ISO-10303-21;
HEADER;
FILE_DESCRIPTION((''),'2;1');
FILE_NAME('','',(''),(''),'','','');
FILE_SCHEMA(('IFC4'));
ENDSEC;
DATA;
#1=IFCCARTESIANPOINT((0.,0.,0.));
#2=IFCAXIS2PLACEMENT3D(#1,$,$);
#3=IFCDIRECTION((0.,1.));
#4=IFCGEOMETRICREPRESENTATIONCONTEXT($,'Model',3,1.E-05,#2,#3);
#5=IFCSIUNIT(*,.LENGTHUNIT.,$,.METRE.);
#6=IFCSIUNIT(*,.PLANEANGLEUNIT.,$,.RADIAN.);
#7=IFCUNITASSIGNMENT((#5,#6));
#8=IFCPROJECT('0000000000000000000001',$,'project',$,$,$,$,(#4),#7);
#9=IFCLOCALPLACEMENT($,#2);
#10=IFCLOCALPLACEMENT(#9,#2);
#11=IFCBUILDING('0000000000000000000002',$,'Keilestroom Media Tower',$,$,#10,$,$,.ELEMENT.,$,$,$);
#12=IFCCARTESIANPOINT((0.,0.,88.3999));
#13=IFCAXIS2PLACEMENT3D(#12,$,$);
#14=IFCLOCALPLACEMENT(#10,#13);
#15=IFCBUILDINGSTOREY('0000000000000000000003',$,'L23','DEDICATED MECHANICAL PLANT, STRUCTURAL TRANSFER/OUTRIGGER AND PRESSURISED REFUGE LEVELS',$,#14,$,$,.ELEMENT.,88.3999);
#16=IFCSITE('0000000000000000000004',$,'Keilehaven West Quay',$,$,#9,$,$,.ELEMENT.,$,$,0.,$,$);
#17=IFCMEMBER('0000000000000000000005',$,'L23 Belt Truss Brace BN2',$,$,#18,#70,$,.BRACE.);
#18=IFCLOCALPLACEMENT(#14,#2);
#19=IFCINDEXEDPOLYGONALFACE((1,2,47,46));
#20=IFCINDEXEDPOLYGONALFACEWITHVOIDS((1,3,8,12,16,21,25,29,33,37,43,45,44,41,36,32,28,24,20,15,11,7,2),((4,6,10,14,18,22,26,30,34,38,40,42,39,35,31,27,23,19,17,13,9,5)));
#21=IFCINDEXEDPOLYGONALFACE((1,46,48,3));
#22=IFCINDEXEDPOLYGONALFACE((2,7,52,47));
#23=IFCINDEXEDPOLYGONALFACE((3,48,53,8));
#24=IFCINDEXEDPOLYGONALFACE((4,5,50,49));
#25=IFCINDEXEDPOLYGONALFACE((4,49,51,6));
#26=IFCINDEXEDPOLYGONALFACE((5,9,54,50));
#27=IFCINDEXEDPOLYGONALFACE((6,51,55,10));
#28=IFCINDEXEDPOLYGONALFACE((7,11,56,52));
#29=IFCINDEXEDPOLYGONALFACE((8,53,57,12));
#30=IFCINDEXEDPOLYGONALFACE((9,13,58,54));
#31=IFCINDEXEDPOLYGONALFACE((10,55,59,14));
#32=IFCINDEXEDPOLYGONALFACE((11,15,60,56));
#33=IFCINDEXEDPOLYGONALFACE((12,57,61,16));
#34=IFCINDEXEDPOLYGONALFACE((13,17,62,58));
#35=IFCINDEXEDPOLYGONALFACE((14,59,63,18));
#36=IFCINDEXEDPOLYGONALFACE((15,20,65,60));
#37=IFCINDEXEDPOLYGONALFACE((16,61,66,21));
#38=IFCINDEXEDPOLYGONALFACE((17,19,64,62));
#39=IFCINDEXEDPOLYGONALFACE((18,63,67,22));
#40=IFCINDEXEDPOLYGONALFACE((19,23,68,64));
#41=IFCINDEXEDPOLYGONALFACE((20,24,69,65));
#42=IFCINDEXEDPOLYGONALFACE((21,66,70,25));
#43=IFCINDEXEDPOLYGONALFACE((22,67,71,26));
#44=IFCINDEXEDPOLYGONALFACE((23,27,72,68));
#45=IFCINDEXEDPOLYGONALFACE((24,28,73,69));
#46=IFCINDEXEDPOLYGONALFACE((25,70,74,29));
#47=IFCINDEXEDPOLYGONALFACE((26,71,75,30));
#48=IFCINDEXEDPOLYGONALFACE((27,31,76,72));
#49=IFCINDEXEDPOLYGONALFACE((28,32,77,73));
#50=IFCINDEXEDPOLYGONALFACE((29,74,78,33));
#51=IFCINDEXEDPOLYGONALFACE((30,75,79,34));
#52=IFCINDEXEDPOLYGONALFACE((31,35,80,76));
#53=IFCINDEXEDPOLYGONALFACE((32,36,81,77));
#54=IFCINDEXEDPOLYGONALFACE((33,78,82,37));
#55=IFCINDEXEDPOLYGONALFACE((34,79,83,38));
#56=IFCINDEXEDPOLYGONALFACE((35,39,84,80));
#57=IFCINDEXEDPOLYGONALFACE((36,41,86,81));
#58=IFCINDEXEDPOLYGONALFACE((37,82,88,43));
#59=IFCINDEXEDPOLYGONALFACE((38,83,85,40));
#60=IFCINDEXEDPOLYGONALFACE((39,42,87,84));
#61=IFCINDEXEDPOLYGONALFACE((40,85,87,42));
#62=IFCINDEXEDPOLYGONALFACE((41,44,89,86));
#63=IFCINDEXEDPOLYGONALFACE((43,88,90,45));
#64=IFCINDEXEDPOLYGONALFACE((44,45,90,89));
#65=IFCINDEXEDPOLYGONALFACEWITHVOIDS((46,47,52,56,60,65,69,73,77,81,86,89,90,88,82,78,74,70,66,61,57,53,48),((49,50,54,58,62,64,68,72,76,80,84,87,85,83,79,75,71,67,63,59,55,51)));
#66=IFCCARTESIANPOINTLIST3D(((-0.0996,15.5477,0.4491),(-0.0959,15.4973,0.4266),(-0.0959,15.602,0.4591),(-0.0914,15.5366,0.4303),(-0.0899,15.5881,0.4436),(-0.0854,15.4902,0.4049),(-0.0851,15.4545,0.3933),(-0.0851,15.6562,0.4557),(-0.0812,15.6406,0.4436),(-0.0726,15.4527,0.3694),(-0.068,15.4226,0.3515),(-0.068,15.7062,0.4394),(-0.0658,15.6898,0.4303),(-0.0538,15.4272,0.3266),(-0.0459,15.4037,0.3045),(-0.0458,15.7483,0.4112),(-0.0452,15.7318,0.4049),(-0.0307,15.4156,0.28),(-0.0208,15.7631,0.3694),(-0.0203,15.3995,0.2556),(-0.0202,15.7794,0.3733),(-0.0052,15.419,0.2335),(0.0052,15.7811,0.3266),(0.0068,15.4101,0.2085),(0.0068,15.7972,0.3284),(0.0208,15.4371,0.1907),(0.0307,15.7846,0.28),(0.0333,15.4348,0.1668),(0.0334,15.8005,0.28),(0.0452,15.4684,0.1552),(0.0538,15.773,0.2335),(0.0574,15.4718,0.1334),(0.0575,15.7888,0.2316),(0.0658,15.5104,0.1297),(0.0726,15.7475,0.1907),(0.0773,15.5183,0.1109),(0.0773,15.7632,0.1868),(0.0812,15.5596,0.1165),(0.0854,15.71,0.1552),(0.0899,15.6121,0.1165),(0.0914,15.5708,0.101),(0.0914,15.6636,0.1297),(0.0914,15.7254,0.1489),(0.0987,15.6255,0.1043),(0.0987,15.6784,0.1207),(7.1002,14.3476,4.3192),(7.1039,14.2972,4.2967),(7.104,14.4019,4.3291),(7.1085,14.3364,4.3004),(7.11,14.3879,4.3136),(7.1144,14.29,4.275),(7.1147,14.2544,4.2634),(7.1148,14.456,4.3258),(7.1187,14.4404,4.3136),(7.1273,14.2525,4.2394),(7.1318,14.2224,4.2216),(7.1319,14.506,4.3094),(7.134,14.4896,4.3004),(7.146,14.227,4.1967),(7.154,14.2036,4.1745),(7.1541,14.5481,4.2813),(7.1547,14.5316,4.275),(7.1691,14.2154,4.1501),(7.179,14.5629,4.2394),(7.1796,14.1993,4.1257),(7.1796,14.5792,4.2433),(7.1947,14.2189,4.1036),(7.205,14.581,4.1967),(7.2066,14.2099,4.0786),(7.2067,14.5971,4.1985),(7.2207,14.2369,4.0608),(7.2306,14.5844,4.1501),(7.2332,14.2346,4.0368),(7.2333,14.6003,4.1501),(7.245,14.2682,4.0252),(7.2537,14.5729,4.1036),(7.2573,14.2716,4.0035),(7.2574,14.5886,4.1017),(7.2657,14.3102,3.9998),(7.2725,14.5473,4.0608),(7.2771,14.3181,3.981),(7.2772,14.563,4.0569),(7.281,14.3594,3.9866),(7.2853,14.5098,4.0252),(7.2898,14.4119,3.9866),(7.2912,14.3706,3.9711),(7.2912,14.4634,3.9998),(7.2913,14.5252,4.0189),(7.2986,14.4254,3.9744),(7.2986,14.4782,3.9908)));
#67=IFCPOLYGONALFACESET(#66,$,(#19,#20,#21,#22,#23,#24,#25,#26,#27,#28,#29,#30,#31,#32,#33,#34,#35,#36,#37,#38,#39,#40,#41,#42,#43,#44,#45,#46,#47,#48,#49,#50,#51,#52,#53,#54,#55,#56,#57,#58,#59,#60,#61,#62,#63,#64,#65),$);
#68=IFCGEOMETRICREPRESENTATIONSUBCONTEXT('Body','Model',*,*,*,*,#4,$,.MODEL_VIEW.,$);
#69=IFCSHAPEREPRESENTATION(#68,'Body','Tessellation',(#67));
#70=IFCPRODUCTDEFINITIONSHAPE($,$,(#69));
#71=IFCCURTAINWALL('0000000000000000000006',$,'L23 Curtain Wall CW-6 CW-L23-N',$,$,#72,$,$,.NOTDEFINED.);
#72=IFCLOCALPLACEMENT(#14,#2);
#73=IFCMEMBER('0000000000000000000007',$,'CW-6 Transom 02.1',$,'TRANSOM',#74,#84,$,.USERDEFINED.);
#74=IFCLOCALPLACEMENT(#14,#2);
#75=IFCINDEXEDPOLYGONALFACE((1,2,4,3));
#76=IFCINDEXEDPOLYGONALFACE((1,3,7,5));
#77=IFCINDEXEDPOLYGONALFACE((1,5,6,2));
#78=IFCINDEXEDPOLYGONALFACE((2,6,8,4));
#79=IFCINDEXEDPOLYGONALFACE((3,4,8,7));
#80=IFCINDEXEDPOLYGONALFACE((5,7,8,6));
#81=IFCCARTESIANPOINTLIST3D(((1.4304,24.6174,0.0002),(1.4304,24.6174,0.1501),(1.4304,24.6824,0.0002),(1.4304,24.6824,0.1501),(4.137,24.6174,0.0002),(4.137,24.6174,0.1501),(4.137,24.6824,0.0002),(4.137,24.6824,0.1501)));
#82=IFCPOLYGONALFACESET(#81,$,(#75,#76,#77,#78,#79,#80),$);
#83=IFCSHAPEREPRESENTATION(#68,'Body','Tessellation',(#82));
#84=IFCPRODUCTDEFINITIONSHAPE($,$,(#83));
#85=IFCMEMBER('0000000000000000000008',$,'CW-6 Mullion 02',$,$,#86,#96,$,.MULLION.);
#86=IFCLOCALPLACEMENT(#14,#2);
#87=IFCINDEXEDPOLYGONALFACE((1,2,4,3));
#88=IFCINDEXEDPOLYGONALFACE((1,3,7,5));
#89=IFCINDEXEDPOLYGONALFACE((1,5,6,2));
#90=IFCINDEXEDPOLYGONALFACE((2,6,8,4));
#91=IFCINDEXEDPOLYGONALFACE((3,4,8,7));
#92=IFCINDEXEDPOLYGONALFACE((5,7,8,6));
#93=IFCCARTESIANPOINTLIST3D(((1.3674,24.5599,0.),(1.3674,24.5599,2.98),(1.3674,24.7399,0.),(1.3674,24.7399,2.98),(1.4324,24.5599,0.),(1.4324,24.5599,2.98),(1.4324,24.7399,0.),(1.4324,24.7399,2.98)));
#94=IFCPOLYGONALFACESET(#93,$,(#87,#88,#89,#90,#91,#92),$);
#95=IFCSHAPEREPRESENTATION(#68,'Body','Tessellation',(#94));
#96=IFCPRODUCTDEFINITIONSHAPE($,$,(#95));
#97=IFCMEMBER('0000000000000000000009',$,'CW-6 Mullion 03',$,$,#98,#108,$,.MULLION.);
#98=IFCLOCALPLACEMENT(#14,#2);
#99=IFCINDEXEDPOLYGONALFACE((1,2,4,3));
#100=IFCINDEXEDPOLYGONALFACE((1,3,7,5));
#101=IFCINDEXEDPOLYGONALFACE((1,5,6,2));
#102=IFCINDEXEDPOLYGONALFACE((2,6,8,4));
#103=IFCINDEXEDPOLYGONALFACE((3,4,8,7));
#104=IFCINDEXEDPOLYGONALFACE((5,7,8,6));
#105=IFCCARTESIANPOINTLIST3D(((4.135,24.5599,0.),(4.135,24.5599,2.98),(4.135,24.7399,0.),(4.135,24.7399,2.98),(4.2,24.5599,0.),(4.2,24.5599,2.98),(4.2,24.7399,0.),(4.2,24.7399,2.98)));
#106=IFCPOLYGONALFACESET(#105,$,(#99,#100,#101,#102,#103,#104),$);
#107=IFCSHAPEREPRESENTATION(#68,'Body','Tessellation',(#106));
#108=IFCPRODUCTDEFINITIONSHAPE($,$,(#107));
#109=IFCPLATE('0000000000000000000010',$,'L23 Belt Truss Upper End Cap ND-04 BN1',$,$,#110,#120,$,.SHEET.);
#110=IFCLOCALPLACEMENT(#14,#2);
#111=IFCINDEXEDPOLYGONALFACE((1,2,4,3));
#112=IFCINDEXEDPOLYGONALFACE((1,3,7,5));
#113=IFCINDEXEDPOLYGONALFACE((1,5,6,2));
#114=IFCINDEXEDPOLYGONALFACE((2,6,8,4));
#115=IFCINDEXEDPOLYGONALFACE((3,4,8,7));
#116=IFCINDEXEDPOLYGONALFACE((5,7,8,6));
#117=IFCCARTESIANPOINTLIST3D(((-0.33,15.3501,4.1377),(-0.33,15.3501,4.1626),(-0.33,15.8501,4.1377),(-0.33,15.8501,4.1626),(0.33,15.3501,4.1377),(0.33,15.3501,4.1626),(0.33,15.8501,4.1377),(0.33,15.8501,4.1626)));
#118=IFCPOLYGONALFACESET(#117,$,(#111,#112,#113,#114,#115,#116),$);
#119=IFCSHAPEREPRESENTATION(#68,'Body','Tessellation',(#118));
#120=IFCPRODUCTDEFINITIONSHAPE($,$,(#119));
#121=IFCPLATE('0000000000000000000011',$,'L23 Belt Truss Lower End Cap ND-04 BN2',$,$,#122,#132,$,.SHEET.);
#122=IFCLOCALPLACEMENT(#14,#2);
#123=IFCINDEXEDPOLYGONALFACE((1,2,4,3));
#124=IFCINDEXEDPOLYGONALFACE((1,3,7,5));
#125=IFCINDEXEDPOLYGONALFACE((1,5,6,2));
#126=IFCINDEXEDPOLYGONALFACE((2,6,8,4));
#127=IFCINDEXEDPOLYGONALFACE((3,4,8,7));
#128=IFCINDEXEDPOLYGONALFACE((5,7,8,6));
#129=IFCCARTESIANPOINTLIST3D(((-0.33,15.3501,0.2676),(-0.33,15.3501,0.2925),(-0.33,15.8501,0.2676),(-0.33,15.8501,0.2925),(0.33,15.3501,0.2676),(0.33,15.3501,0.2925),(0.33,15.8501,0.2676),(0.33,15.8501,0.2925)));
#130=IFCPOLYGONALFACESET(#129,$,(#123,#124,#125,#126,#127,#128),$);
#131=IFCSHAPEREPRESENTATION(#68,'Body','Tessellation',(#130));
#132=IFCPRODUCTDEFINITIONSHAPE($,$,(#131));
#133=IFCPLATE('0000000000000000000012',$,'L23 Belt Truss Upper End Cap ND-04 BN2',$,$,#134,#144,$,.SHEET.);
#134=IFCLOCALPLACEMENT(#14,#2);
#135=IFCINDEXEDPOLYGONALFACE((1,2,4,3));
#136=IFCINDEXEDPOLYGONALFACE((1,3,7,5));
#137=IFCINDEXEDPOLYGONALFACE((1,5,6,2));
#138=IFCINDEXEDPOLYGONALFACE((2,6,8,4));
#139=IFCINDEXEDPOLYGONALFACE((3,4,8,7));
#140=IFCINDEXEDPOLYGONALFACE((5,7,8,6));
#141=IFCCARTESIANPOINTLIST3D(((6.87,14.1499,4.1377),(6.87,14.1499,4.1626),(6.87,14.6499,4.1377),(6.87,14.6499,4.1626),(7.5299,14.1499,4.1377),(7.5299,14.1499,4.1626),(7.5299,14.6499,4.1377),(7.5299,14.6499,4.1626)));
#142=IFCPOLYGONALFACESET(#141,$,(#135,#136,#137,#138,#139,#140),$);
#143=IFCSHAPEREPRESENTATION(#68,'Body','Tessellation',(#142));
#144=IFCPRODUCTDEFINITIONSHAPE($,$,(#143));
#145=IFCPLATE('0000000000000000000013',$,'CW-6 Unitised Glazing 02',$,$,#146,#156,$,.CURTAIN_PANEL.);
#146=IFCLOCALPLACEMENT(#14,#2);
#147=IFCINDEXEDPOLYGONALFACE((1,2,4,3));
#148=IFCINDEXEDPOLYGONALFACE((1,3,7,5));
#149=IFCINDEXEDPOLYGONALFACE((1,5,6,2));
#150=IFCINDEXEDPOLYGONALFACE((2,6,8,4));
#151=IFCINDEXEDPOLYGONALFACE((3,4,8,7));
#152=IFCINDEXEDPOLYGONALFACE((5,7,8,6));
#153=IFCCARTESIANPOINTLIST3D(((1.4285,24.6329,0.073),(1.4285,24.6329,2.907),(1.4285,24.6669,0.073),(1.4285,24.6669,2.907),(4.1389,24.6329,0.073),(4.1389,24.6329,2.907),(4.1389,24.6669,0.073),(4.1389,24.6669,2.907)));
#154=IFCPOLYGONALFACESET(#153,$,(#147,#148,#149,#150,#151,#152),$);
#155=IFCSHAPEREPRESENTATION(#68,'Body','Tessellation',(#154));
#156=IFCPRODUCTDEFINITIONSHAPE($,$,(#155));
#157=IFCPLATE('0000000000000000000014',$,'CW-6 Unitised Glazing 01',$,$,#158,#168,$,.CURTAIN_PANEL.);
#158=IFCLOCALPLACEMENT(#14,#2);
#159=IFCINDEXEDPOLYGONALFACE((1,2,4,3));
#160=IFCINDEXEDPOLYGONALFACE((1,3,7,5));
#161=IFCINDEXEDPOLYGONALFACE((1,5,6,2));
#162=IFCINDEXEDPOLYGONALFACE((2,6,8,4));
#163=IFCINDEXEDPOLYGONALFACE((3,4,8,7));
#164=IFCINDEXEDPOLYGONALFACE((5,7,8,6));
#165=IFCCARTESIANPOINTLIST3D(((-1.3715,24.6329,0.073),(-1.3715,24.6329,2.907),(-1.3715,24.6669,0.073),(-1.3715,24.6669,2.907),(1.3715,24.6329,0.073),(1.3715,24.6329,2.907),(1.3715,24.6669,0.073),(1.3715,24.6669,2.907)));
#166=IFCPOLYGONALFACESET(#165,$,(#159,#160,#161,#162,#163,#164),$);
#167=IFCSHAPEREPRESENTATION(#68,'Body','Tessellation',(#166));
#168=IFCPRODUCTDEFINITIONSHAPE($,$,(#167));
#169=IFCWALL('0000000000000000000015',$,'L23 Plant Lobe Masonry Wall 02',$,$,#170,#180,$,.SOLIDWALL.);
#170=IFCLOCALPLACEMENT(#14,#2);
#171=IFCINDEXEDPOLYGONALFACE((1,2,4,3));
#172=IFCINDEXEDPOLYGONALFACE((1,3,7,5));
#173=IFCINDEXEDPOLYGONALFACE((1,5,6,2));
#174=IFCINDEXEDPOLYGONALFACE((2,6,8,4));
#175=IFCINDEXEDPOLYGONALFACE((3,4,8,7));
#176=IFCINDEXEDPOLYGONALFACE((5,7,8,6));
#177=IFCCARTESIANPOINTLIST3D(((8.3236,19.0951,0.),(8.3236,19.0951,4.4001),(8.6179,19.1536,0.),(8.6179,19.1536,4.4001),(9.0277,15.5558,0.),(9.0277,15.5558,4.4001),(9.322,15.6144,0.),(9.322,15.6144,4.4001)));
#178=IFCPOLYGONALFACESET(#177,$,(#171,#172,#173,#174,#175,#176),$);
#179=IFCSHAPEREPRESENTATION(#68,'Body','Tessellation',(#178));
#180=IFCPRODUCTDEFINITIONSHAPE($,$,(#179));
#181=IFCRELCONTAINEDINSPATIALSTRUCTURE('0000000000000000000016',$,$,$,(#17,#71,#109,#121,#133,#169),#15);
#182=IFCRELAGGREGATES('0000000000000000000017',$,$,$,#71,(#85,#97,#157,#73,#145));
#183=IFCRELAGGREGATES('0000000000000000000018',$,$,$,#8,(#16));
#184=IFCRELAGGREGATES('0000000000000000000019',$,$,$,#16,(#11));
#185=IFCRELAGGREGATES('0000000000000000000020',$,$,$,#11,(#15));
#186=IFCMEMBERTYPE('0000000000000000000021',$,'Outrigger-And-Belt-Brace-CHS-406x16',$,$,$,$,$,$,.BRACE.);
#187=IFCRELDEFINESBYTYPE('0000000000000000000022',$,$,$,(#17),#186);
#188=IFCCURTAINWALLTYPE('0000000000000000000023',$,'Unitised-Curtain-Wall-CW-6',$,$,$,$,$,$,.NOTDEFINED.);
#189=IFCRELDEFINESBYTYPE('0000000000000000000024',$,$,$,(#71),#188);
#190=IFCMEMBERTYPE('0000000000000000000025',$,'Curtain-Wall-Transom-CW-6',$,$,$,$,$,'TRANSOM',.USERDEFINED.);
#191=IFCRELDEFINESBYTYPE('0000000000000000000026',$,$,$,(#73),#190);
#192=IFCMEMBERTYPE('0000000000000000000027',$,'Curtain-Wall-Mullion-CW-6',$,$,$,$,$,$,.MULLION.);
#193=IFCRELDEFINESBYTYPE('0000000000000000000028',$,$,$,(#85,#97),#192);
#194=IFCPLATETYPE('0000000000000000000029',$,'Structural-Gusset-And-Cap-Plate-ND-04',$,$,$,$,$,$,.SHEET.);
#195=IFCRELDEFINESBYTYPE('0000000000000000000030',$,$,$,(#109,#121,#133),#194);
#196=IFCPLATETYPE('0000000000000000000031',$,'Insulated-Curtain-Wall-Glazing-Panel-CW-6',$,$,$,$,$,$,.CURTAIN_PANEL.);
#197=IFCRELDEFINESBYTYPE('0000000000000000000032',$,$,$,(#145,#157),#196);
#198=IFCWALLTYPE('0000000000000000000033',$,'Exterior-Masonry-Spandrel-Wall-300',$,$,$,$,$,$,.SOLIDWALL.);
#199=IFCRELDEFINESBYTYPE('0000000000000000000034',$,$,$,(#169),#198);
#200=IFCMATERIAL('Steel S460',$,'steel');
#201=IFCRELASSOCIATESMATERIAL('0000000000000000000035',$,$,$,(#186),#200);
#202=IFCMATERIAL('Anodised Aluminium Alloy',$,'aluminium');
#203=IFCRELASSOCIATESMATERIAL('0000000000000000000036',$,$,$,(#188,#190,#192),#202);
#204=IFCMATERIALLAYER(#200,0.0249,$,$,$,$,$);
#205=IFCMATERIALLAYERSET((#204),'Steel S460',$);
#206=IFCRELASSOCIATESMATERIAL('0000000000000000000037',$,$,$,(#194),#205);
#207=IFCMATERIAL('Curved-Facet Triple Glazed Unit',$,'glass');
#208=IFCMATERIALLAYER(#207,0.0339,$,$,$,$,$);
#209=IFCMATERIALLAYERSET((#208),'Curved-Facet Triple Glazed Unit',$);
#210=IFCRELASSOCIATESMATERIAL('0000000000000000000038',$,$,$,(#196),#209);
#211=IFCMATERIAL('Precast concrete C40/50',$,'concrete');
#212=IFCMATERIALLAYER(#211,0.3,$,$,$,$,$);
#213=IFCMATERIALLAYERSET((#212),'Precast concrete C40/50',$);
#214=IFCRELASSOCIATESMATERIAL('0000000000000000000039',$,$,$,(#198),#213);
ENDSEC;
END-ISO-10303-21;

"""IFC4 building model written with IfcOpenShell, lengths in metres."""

from ifc_helpers import new_model, si_unit, direction, frame, frame_2d, origin, origin_2d, place, context, subcontext, project, spatial, rectangle, hollow_circle, extrude, source, transform, mapped, material, layer, layer_set, material_profile, profile_set, type_object, element, aggregate, save


model = new_model("IFC4")

# Units and contexts
model_context = context("Model", 3, precision=1e-05, world=origin(), true_north=direction((0.0, 1.0)))
body_context = subcontext(model_context, "Body", "Model", "MODEL_VIEW")
ifc_project = project(units=[si_unit("LENGTHUNIT", "METRE"), si_unit("PLANEANGLEUNIT", "RADIAN")], contexts=[model_context])

# Site, building, storey
site_placement = place(None, origin())
site = spatial("IfcSite", under=ifc_project, at=site_placement, Name="Keilehaven West Quay", CompositionType="ELEMENT", RefElevation=0.0)
building_placement = place(site_placement, origin())
building = spatial("IfcBuilding", under=site, at=building_placement, Name="Keilestroom Media Tower", CompositionType="ELEMENT")
storey_placement = place(building_placement, frame((0.0, 0.0, 88.3999)))
storey = spatial("IfcBuildingStorey", under=building, at=storey_placement, Name="L23", Description="DEDICATED MECHANICAL PLANT, STRUCTURAL TRANSFER/OUTRIGGER AND PRESSURISED REFUGE LEVELS", CompositionType="ELEMENT", Elevation=88.3999)

# Shared definitions
ifc_material_1 = material(Name="Steel S460", Category="steel")

# Member
ifc_material_profile_1 = material_profile(ifc_material_1, hollow_circle(Radius=0.2031, WallThickness=0.0161, at=origin_2d()), Name="CHS 406.4x16")
ifc_profile_set_1 = profile_set([ifc_material_profile_1], Name="Steel S460")
member_type_1 = type_object("IfcMemberType", Name="Outrigger-And-Belt-Brace-CHS-406x16", PredefinedType="BRACE", material=ifc_profile_set_1)
shared_shape_1 = source(origin(), body_context, "Body", "SweptSolid", [
    extrude(hollow_circle(Radius=0.2031, WallThickness=0.0161, at=origin_2d()), origin(), (0.0, 0.0, 1.0), 8.2617),
])
member_1_placement = place(storey_placement, frame((0.0, 15.6001, 0.28), z_axis=(0.871473, -0.14527, 0.468434), x_axis=(0.164426, 0.986389, 0.0)))
element("IfcMember", 1, at=member_1_placement, inside=storey, type_object=member_type_1, Name="L23 Belt Truss Brace BN2", PredefinedType="BRACE", context=body_context, shape_type="MappedRepresentation", body=[
    mapped(shared_shape_1, transform((0.0, 0.0, 0.0), x_axis=(1.0, 0.0, 0.0), y_axis=(0.0, 1.0, 0.0), z_axis=(0.0, 0.0, 1.0), scale=1.0)),
])

# Curtain wall, members
ifc_material_2 = material(Name="Anodised Aluminium Alloy", Category="aluminium")
curtain_wall_type = type_object("IfcCurtainWallType", Name="Unitised-Curtain-Wall-CW-6", PredefinedType="NOTDEFINED", material=ifc_material_2)
curtain_wall_placement = place(storey_placement, origin())
curtain_wall = element("IfcCurtainWall", 2, at=curtain_wall_placement, inside=storey, type_object=curtain_wall_type, Name="L23 Curtain Wall CW-6 CW-L23-N", PredefinedType="NOTDEFINED")
ifc_material_profile_2 = material_profile(ifc_material_2, rectangle(XDim=0.0649, YDim=0.1499, at=origin_2d()), Name="ALU TRANSOM 65x150")
ifc_profile_set_2 = profile_set([ifc_material_profile_2], Name="Anodised Aluminium Alloy")
member_type_2 = type_object("IfcMemberType", Name="Curtain-Wall-Transom-CW-6", ElementType="TRANSOM", PredefinedType="USERDEFINED", material=ifc_profile_set_2)
shared_shape_2 = source(origin(), body_context, "Body", "SweptSolid", [
    extrude(rectangle(XDim=0.0649, YDim=0.1499, at=origin_2d()), origin(), (0.0, 0.0, 1.0), 2.7065),
])
member_2_placement = place(storey_placement, frame((1.4304, 24.6499, 0.0752), z_axis=(1.0, 0.0, 0.0), x_axis=(0.0, 1.0, 0.0)))
member_2 = element("IfcMember", 3, at=member_2_placement, type_object=member_type_2, Name="CW-6 Transom 02.1", ObjectType="TRANSOM", PredefinedType="USERDEFINED", context=body_context, shape_type="MappedRepresentation", body=[
    mapped(shared_shape_2, transform((0.0, 0.0, 0.0), x_axis=(1.0, 0.0, 0.0), y_axis=(0.0, 1.0, 0.0), z_axis=(0.0, 0.0, 1.0), scale=1.0)),
])
ifc_material_profile_3 = material_profile(ifc_material_2, rectangle(XDim=0.0649, YDim=0.1799, at=origin_2d()), Name="ALU MULLION 65x180")
ifc_profile_set_3 = profile_set([ifc_material_profile_3], Name="Anodised Aluminium Alloy")
member_type_3 = type_object("IfcMemberType", Name="Curtain-Wall-Mullion-CW-6", PredefinedType="MULLION", material=ifc_profile_set_3)
shared_shape_3 = source(origin(), body_context, "Body", "SweptSolid", [
    extrude(rectangle(XDim=0.0649, YDim=0.1799, at=origin_2d()), origin(), (0.0, 0.0, 1.0), 2.98),
])
member_3_placement = place(storey_placement, frame((1.3999, 24.6499, 0.0), z_axis=(0.0, 0.0, 1.0), x_axis=(1.0, 0.0, 0.0)))
member_3 = element("IfcMember", 4, at=member_3_placement, type_object=member_type_3, Name="CW-6 Mullion 02", PredefinedType="MULLION", context=body_context, shape_type="MappedRepresentation", body=[
    mapped(shared_shape_3, transform((0.0, 0.0, 0.0), x_axis=(1.0, 0.0, 0.0), y_axis=(0.0, 1.0, 0.0), z_axis=(0.0, 0.0, 1.0), scale=1.0)),
])
member_4_placement = place(storey_placement, frame((4.1675, 24.6499, 0.0), z_axis=(0.0, 0.0, 1.0), x_axis=(1.0, 0.0, 0.0)))
member_4 = element("IfcMember", 5, at=member_4_placement, type_object=member_type_3, Name="CW-6 Mullion 03", PredefinedType="MULLION", context=body_context, shape_type="MappedRepresentation", body=[
    mapped(shared_shape_3, transform((0.0, 0.0, 0.0), x_axis=(1.0, 0.0, 0.0), y_axis=(0.0, 1.0, 0.0), z_axis=(0.0, 0.0, 1.0), scale=1.0)),
])

# Plates
ifc_layer_1 = layer(ifc_material_1, 0.0249)
ifc_layer_set_1 = layer_set([ifc_layer_1], Name="Steel S460")
plate_type_1 = type_object("IfcPlateType", Name="Structural-Gusset-And-Cap-Plate-ND-04", PredefinedType="SHEET", material=ifc_layer_set_1)
shared_shape_4 = source(origin(), body_context, "Body", "SweptSolid", [
    extrude(rectangle(XDim=0.6599, YDim=0.5, at=origin_2d()), origin(), (0.0, 0.0, 1.0), 0.0249),
])
for number, where, z_axis, x_axis, name in (
    (6, (0.0, 15.6001, 4.1377), (0.0, 0.0, 1.0), (1.0, 0.0, 0.0), "L23 Belt Truss Upper End Cap ND-04 BN1"),
    (7, (0.0, 15.6001, 0.2676), (0.0, 0.0, 1.0), (1.0, 0.0, 0.0), "L23 Belt Truss Lower End Cap ND-04 BN2"),
    (8, (7.2, 14.3999, 4.1377), (0.0, 0.0, 1.0), (1.0, 0.0, 0.0), "L23 Belt Truss Upper End Cap ND-04 BN2"),
):
    element("IfcPlate", number, at=place(storey_placement, frame(where, z_axis=z_axis, x_axis=x_axis)), inside=storey, type_object=plate_type_1, Name=name, PredefinedType="SHEET", context=body_context, shape_type="MappedRepresentation", body=[
        mapped(shared_shape_4, transform((0.0, 0.0, 0.0), x_axis=(1.0, 0.0, 0.0), y_axis=(0.0, 1.0, 0.0), z_axis=(0.0, 0.0, 1.0), scale=1.0)),
    ])

# Plates
ifc_material_3 = material(Name="Curved-Facet Triple Glazed Unit", Category="glass")
ifc_layer_2 = layer(ifc_material_3, 0.0339)
ifc_layer_set_2 = layer_set([ifc_layer_2], Name="Curved-Facet Triple Glazed Unit")
plate_type_2 = type_object("IfcPlateType", Name="Insulated-Curtain-Wall-Glazing-Panel-CW-6", PredefinedType="CURTAIN_PANEL", material=ifc_layer_set_2)
shared_shape_5 = source(origin(), body_context, "Body", "SweptSolid", [
    extrude(rectangle(XDim=2.7104, YDim=0.0339, at=origin_2d()), origin(), (0.0, 0.0, 1.0), 2.834),
])
plate_1_placement = place(storey_placement, frame((2.7837, 24.6499, 0.073), z_axis=(0.0, 0.0, 1.0), x_axis=(1.0, 0.0, 0.0)))
plate_1 = element("IfcPlate", 9, at=plate_1_placement, type_object=plate_type_2, Name="CW-6 Unitised Glazing 02", PredefinedType="CURTAIN_PANEL", context=body_context, shape_type="MappedRepresentation", body=[
    mapped(shared_shape_5, transform((0.0, 0.0, 0.0), x_axis=(1.0, 0.0, 0.0), y_axis=(0.0, 1.0, 0.0), z_axis=(0.0, 0.0, 1.0), scale=1.0)),
])
shared_shape_6 = source(origin(), body_context, "Body", "SweptSolid", [
    extrude(rectangle(XDim=2.7429, YDim=0.0339, at=origin_2d()), origin(), (0.0, 0.0, 1.0), 2.834),
])
plate_2_placement = place(storey_placement, frame((0.0, 24.6499, 0.073), z_axis=(0.0, 0.0, 1.0), x_axis=(1.0, 0.0, 0.0)))
plate_2 = element("IfcPlate", 10, at=plate_2_placement, type_object=plate_type_2, Name="CW-6 Unitised Glazing 01", PredefinedType="CURTAIN_PANEL", context=body_context, shape_type="MappedRepresentation", body=[
    mapped(shared_shape_6, transform((0.0, 0.0, 0.0), x_axis=(1.0, 0.0, 0.0), y_axis=(0.0, 1.0, 0.0), z_axis=(0.0, 0.0, 1.0), scale=1.0)),
])
aggregate(curtain_wall, [member_3, member_4, plate_2, member_2, plate_1])

# Wall
ifc_material_4 = material(Name="Precast concrete C40/50", Category="concrete")
ifc_layer_3 = layer(ifc_material_4, 0.3)
ifc_layer_set_3 = layer_set([ifc_layer_3], Name="Precast concrete C40/50")
wall_type_1 = type_object("IfcWallType", Name="Exterior-Masonry-Spandrel-Wall-300", PredefinedType="SOLIDWALL", material=ifc_layer_set_3)
for number, where, z_axis, x_axis, name in (
    (11, (9.1748, 15.5852, 0.0), (0.0, 0.0, 1.0), (-0.195114, 0.980781, 0.0), "L23 Plant Lobe Masonry Wall 02"),
):
    element("IfcWall", number, at=place(storey_placement, frame(where, z_axis=z_axis, x_axis=x_axis)), inside=storey, type_object=wall_type_1, Name=name, PredefinedType="SOLIDWALL", context=body_context, shape_type="SweptSolid", body=[
        extrude(rectangle(XDim=3.6086, YDim=0.3, at=frame_2d((1.8042, 0.0))), origin(), (0.0, 0.0, 1.0), 4.4001),
    ])

save(model, "model.ifc")
